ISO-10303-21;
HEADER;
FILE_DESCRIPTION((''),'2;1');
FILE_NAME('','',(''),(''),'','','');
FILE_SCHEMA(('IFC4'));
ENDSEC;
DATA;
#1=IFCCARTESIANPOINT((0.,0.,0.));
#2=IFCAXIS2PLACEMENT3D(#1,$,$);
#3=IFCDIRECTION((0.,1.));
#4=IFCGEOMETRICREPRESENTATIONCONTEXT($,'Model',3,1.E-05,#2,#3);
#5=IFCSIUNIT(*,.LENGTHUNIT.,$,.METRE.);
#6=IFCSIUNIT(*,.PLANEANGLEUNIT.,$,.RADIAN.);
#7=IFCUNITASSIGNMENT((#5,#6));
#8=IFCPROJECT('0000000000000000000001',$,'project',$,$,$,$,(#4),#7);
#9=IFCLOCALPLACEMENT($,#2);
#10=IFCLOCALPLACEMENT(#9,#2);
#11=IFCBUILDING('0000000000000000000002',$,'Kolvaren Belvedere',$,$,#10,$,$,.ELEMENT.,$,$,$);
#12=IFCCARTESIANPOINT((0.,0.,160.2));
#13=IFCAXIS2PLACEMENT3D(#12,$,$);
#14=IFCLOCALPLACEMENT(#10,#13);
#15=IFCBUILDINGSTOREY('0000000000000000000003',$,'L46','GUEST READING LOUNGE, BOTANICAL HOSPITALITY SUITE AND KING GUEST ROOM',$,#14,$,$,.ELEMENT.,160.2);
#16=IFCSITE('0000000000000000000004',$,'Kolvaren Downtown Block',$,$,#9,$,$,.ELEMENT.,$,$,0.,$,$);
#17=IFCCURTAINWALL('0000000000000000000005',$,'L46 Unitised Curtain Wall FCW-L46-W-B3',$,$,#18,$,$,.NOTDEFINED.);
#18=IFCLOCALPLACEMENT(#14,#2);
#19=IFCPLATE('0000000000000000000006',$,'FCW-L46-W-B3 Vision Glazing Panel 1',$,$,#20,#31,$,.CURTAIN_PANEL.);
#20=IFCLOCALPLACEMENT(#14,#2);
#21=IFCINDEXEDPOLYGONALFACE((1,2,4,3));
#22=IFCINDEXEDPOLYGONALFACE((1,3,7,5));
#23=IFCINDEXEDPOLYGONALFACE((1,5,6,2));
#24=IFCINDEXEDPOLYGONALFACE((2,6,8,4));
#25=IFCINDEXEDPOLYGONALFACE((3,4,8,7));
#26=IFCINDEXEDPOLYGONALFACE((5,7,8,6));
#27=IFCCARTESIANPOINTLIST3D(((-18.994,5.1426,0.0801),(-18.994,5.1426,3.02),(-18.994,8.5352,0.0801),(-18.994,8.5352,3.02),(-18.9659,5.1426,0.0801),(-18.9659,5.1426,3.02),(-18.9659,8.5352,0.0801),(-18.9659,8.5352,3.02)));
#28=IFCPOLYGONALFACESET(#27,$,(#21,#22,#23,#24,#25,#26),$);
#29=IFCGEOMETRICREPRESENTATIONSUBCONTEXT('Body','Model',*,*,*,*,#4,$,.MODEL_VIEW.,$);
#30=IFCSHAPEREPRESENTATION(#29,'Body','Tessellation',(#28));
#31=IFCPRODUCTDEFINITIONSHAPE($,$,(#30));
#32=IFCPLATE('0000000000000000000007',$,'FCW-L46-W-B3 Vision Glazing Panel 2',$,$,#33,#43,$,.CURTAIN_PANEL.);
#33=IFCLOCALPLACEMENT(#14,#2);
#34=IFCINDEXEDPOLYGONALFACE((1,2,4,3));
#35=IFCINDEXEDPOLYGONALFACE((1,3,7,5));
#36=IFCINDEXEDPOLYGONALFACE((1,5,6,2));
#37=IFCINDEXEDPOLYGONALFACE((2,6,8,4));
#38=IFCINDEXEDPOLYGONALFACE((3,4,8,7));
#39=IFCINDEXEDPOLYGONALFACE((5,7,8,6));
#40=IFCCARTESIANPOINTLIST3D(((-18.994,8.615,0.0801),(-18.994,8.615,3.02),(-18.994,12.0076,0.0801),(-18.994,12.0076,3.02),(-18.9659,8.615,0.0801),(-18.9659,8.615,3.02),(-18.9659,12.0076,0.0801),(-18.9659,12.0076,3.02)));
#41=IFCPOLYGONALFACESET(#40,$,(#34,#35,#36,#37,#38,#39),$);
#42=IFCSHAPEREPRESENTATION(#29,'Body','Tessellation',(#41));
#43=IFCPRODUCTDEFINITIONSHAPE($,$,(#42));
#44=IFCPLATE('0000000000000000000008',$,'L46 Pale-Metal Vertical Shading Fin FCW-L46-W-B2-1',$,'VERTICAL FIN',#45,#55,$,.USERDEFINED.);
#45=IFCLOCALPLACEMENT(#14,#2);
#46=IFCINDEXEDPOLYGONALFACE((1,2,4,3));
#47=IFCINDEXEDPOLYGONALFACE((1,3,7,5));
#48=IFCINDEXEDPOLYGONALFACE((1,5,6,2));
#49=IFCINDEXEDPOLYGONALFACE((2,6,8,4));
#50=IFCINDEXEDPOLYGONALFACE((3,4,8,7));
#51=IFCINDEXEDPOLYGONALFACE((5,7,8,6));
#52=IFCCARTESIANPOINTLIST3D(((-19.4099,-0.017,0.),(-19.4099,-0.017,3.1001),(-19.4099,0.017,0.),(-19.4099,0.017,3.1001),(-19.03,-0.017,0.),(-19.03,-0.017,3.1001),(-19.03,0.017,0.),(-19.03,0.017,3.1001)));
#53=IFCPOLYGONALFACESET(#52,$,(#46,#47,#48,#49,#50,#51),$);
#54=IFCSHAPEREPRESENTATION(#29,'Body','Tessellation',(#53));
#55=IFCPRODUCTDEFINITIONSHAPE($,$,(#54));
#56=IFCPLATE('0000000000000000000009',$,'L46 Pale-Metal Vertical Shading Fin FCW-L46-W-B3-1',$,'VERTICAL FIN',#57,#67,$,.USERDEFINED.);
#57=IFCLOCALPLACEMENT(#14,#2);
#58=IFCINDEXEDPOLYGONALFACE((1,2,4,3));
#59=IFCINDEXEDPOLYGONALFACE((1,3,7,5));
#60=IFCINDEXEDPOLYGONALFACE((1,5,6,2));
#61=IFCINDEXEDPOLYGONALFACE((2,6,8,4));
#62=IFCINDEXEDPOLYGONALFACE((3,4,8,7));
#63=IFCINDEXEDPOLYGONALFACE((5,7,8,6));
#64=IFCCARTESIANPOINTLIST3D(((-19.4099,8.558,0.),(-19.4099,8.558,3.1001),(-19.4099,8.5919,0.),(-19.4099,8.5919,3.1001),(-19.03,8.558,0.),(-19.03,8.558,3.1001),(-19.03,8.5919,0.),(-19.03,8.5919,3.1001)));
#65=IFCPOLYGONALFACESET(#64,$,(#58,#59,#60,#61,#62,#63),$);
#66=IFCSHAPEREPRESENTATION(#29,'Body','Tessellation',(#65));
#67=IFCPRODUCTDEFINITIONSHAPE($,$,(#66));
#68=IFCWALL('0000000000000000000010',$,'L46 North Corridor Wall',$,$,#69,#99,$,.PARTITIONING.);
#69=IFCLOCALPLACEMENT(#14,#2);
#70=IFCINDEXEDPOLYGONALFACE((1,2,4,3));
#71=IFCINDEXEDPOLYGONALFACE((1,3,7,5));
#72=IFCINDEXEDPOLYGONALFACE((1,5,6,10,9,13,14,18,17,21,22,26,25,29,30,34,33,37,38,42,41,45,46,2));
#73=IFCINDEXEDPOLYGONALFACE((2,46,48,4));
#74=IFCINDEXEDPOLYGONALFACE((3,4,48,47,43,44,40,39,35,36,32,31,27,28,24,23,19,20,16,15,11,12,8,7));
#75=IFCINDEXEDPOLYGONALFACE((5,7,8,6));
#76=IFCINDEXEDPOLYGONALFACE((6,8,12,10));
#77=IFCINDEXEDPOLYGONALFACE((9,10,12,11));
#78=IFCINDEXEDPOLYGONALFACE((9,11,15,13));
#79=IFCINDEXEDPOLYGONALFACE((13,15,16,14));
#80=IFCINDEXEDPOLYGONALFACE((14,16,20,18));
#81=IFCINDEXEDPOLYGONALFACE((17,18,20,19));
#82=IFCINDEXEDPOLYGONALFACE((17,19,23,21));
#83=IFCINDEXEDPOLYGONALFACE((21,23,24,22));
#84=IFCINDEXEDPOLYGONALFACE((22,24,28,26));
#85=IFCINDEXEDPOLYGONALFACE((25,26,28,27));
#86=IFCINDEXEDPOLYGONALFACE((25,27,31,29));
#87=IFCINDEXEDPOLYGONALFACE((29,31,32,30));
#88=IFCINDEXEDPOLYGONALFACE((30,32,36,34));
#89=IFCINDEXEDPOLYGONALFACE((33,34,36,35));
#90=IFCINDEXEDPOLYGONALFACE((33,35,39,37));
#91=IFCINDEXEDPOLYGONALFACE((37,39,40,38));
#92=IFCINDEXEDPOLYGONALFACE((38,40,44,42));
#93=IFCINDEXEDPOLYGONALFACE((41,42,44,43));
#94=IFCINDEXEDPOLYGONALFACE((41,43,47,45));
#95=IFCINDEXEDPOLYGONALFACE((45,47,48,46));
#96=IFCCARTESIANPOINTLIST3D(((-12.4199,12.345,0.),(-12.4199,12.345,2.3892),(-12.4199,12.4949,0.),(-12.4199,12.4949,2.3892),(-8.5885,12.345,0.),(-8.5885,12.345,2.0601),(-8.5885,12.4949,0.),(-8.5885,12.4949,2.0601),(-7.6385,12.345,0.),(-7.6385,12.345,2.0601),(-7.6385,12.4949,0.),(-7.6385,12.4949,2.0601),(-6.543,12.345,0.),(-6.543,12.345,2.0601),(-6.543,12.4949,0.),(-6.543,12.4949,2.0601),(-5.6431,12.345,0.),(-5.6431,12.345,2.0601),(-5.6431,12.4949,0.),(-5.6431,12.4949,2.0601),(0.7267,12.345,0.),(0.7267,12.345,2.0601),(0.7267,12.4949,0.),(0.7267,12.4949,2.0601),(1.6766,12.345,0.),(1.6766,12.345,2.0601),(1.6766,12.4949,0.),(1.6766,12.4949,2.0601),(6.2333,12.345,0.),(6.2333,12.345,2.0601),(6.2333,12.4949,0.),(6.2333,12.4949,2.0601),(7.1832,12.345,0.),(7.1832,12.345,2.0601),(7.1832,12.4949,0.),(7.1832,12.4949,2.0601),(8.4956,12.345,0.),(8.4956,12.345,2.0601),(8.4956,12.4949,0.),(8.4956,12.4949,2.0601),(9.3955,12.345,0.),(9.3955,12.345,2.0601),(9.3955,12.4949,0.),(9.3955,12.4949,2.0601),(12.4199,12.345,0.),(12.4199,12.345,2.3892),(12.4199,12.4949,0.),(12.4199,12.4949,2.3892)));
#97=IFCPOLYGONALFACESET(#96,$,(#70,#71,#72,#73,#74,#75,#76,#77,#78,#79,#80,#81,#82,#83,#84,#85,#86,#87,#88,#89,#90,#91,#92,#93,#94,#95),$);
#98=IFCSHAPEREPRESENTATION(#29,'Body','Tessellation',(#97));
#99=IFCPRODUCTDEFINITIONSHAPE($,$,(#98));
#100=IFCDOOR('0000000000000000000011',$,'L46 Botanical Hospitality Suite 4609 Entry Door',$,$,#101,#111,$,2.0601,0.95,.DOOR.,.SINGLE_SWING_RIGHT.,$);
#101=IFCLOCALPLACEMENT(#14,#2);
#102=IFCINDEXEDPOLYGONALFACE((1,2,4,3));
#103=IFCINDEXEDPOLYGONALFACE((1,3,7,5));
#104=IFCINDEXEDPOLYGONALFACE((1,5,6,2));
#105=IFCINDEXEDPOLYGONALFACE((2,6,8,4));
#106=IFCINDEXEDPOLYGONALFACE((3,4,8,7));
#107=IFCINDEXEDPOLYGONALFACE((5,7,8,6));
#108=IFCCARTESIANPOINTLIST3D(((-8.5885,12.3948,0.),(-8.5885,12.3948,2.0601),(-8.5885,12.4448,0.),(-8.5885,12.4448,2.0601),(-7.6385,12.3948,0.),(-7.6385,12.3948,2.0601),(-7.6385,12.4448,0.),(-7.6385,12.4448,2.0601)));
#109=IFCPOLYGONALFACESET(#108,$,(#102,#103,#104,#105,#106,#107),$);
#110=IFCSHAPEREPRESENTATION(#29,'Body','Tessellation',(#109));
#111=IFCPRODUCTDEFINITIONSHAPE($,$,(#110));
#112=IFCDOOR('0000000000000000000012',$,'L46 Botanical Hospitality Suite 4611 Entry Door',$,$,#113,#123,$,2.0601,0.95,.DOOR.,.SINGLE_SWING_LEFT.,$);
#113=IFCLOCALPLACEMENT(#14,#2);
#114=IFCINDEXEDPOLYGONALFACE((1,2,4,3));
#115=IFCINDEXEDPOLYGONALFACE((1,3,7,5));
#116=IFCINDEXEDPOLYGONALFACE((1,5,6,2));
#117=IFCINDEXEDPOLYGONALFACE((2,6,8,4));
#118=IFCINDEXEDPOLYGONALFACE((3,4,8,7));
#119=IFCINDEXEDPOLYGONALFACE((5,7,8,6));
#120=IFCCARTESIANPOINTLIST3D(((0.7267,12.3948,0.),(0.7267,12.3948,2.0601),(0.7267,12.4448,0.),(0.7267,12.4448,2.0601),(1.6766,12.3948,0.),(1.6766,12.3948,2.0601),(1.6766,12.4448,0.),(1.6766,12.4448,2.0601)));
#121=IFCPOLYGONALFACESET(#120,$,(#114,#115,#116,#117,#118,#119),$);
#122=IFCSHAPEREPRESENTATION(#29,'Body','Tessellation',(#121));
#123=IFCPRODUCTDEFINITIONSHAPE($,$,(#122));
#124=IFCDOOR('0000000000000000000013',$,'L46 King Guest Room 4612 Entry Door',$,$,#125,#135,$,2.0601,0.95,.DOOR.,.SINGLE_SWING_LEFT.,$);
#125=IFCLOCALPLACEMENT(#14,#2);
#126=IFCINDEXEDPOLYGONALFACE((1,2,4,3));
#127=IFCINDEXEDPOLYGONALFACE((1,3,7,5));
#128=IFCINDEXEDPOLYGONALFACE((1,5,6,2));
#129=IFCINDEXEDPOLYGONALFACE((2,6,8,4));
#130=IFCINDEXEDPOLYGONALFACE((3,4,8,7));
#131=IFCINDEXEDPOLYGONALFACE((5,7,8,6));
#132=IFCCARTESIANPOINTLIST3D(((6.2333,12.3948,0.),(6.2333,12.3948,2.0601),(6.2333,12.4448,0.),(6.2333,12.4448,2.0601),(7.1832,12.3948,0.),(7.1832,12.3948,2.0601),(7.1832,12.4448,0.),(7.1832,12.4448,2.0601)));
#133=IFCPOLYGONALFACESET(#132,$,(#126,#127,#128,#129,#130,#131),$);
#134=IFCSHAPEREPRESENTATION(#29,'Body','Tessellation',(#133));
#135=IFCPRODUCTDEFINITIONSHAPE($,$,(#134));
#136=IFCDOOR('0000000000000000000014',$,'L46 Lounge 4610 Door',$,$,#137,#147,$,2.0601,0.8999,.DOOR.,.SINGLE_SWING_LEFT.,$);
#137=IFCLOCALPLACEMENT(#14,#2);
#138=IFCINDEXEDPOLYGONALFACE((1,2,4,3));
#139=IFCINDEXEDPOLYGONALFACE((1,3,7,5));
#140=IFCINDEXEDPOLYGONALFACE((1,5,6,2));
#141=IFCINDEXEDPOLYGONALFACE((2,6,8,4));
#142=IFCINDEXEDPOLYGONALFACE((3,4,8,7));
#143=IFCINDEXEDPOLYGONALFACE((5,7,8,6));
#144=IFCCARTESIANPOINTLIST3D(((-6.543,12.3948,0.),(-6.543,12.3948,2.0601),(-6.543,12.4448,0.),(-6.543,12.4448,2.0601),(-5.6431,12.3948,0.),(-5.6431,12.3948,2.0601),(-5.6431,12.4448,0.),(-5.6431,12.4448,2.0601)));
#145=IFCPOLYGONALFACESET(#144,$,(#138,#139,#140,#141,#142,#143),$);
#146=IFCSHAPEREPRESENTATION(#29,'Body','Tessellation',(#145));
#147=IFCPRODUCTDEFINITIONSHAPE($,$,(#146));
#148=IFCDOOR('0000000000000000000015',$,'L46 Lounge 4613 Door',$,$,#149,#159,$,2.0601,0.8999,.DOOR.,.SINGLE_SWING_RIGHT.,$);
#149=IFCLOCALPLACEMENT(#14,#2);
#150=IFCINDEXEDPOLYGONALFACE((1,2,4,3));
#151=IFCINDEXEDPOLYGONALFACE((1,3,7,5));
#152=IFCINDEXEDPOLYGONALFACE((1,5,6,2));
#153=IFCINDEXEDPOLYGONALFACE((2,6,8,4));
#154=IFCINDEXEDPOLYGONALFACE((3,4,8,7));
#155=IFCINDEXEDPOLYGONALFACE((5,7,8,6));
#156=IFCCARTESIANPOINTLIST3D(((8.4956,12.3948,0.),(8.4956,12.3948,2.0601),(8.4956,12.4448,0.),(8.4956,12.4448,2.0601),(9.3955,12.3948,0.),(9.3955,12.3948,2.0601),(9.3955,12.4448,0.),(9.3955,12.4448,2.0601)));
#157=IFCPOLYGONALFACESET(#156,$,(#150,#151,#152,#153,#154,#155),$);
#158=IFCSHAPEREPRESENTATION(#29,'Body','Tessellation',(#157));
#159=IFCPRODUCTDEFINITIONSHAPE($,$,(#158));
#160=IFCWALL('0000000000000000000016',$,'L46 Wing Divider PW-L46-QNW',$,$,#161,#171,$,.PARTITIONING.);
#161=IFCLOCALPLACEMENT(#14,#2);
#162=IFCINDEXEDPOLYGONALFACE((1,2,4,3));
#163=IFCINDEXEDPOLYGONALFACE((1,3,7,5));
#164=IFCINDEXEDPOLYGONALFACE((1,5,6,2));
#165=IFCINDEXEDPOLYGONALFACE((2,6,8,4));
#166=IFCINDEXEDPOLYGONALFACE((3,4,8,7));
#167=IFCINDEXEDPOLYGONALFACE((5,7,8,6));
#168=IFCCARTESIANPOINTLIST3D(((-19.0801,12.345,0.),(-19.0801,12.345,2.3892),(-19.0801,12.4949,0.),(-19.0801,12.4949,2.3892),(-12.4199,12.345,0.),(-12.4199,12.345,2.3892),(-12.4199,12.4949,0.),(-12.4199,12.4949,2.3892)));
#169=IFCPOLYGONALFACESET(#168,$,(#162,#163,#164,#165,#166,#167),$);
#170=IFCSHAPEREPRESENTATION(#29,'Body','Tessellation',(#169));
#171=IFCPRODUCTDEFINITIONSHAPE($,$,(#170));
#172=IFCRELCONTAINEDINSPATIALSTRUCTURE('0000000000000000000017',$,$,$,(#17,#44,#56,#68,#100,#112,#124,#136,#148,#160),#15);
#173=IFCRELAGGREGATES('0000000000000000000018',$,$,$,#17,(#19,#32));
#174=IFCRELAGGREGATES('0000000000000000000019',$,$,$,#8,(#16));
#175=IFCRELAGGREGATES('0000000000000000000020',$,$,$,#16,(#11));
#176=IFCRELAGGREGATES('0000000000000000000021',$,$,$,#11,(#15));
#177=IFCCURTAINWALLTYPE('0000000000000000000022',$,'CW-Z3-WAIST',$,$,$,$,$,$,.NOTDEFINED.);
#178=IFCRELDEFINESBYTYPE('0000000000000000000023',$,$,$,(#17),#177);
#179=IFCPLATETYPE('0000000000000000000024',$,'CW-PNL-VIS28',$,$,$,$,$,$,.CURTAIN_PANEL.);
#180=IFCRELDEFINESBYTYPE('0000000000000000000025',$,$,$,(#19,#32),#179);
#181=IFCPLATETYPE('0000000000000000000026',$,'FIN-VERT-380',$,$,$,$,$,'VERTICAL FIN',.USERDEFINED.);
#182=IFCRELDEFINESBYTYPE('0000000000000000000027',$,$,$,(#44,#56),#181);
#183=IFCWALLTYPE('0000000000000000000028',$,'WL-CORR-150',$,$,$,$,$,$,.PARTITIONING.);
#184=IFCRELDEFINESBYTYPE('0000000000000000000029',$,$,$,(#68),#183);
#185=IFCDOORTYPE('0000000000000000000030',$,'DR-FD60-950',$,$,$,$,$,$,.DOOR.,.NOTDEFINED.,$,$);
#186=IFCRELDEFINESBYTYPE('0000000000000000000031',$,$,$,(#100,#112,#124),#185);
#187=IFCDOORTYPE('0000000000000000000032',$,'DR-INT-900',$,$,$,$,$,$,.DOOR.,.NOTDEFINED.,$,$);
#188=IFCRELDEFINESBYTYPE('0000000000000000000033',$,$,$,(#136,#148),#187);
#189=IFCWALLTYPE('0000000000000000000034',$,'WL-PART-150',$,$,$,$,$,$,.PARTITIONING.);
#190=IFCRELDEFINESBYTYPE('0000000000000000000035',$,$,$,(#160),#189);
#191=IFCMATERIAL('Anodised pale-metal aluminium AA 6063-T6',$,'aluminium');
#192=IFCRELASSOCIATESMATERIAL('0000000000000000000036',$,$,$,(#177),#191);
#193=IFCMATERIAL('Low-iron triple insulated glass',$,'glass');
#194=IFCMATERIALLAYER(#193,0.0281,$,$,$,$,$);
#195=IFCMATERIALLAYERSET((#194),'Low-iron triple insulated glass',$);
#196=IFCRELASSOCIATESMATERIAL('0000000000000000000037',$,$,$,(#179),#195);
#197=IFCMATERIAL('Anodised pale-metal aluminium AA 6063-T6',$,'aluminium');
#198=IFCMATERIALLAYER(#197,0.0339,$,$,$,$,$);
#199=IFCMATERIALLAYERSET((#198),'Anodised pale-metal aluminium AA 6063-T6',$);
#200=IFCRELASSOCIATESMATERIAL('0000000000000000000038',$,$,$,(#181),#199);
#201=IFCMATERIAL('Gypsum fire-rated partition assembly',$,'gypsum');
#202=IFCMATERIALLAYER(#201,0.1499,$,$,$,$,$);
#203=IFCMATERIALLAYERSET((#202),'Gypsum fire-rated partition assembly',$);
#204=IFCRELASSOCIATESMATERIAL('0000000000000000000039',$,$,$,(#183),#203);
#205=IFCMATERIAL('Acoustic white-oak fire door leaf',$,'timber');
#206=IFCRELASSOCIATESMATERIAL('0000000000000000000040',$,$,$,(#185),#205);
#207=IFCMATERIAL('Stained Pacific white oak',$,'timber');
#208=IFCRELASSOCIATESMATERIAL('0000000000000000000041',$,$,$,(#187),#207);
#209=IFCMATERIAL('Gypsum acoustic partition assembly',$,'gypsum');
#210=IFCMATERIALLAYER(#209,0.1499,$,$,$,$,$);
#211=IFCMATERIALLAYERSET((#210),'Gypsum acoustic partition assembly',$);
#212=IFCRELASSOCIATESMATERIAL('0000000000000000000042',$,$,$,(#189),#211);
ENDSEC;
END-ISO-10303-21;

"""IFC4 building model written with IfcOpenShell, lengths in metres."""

from ifc_helpers import new_model, si_unit, direction, frame, frame_2d, origin, origin_2d, place, context, subcontext, project, spatial, rectangle, extrude, material, layer, layer_set, type_object, element, fill, aggregate, save


model = new_model("IFC4")

# Units and contexts
model_context = context("Model", 3, precision=1e-05, world=origin(), true_north=direction((0.0, 1.0)))
body_context = subcontext(model_context, "Body", "Model", "MODEL_VIEW")
ifc_project = project(units=[si_unit("LENGTHUNIT", "METRE"), si_unit("PLANEANGLEUNIT", "RADIAN")], contexts=[model_context])

# Site, building, storey
site_placement = place(None, origin())
site = spatial("IfcSite", under=ifc_project, at=site_placement, Name="Kolvaren Downtown Block", CompositionType="ELEMENT", RefElevation=0.0)
building_placement = place(site_placement, origin())
building = spatial("IfcBuilding", under=site, at=building_placement, Name="Kolvaren Belvedere", CompositionType="ELEMENT")
storey_placement = place(building_placement, frame((0.0, 0.0, 160.2)))
storey = spatial("IfcBuildingStorey", under=building, at=storey_placement, Name="L46", Description="GUEST READING LOUNGE, BOTANICAL HOSPITALITY SUITE AND KING GUEST ROOM", CompositionType="ELEMENT", Elevation=160.2)

# Shared definitions
ifc_material_1 = material(Name="Anodised pale-metal aluminium AA 6063-T6", Category="aluminium")
curtain_wall_type = type_object("IfcCurtainWallType", Name="CW-Z3-WAIST", PredefinedType="NOTDEFINED", material=ifc_material_1)

# Curtain wall
curtain_wall_1_placement = place(storey_placement, origin())
curtain_wall_1 = element("IfcCurtainWall", 1, at=curtain_wall_1_placement, inside=storey, type_object=curtain_wall_type, Name="L46 Unitised Curtain Wall FCW-L46-W-B3", PredefinedType="NOTDEFINED")

# Plates
ifc_material_2 = material(Name="Low-iron triple insulated glass", Category="glass")
ifc_layer_1 = layer(ifc_material_2, 0.0281)
ifc_layer_set_1 = layer_set([ifc_layer_1], Name="Low-iron triple insulated glass")
plate_type_1 = type_object("IfcPlateType", Name="CW-PNL-VIS28", PredefinedType="CURTAIN_PANEL", material=ifc_layer_set_1)
plate_1_placement = place(storey_placement, frame((-18.98, 6.8389, 0.0801), z_axis=(0.0, 0.0, 1.0), x_axis=(0.0, 1.0, 0.0)))
plate_1 = element("IfcPlate", 2, at=plate_1_placement, type_object=plate_type_1, Name="FCW-L46-W-B3 Vision Glazing Panel 1", PredefinedType="CURTAIN_PANEL", context=body_context, shape_type="SweptSolid", body=[
    extrude(rectangle(XDim=3.3926, YDim=0.0281, at=origin_2d()), origin(), (0.0, 0.0, 1.0), 2.9399),
])
plate_2_placement = place(storey_placement, frame((-18.98, 10.3113, 0.0801), z_axis=(0.0, 0.0, 1.0), x_axis=(0.0, 1.0, 0.0)))
plate_2 = element("IfcPlate", 3, at=plate_2_placement, type_object=plate_type_1, Name="FCW-L46-W-B3 Vision Glazing Panel 2", PredefinedType="CURTAIN_PANEL", context=body_context, shape_type="SweptSolid", body=[
    extrude(rectangle(XDim=3.3926, YDim=0.0281, at=origin_2d()), origin(), (0.0, 0.0, 1.0), 2.9399),
])
aggregate(curtain_wall_1, [plate_1, plate_2])

# Plates
ifc_material_3 = material(Name="Anodised pale-metal aluminium AA 6063-T6", Category="aluminium")
ifc_layer_2 = layer(ifc_material_3, 0.0339)
ifc_layer_set_2 = layer_set([ifc_layer_2], Name="Anodised pale-metal aluminium AA 6063-T6")
plate_type_2 = type_object("IfcPlateType", Name="FIN-VERT-380", ElementType="VERTICAL FIN", PredefinedType="USERDEFINED", material=ifc_layer_set_2)
for number, where, z_axis, x_axis, name in (
    (4, (-19.22, 0.0, 0.0), (0.0, 0.0, 1.0), (1.0, 0.0, 0.0), "L46 Pale-Metal Vertical Shading Fin FCW-L46-W-B2-1"),
    (5, (-19.22, 8.575, 0.0), (0.0, 0.0, 1.0), (1.0, 0.0, 0.0), "L46 Pale-Metal Vertical Shading Fin FCW-L46-W-B3-1"),
):
    element("IfcPlate", number, at=place(storey_placement, frame(where, z_axis=z_axis, x_axis=x_axis)), inside=storey, type_object=plate_type_2, Name=name, ObjectType="VERTICAL FIN", PredefinedType="USERDEFINED", context=body_context, shape_type="SweptSolid", body=[
        extrude(rectangle(XDim=0.3799, YDim=0.0339, at=origin_2d()), origin(), (0.0, 0.0, 1.0), 3.1001),
    ])

# Wall, openings, doors
ifc_material_4 = material(Name="Gypsum fire-rated partition assembly", Category="gypsum")
ifc_layer_3 = layer(ifc_material_4, 0.1499)
ifc_layer_set_3 = layer_set([ifc_layer_3], Name="Gypsum fire-rated partition assembly")
wall_type_1 = type_object("IfcWallType", Name="WL-CORR-150", PredefinedType="PARTITIONING", material=ifc_layer_set_3)
wall_1_placement = place(storey_placement, frame((-12.4199, 12.4199, 0.0), z_axis=(0.0, 0.0, 1.0), x_axis=(1.0, 0.0, 0.0)))
wall_1 = element("IfcWall", 6, at=wall_1_placement, inside=storey, type_object=wall_type_1, Name="L46 North Corridor Wall", PredefinedType="PARTITIONING", context=body_context, shape_type="SweptSolid", body=[
    extrude(rectangle(XDim=24.8398, YDim=0.1499, at=frame_2d((12.4199, 0.0))), origin(), (0.0, 0.0, 1.0), 2.3892),
])
opening_1_placement = place(wall_1_placement, frame((3.8313, 0.0, 0.0)))
opening_1 = element("IfcOpeningElement", 7, at=opening_1_placement, cuts=wall_1, PredefinedType="OPENING", context=body_context, shape_type="SweptSolid", body=[
    extrude(rectangle(XDim=0.95, YDim=2.0601, at=frame_2d((0.4751, 1.03))), frame((0.0, 0.085, 0.0), z_axis=(0.0, -1.0, 0.0), x_axis=(1.0, 0.0, 0.0)), (0.0, 0.0, 1.0), 0.1699),
])
opening_2_placement = place(wall_1_placement, frame((5.877, 0.0, 0.0)))
opening_2 = element("IfcOpeningElement", 8, at=opening_2_placement, cuts=wall_1, PredefinedType="OPENING", context=body_context, shape_type="SweptSolid", body=[
    extrude(rectangle(XDim=0.8999, YDim=2.0601, at=frame_2d((0.45, 1.03))), frame((0.0, 0.085, 0.0), z_axis=(0.0, -1.0, 0.0), x_axis=(1.0, 0.0, 0.0)), (0.0, 0.0, 1.0), 0.1699),
])
opening_3_placement = place(wall_1_placement, frame((13.1465, 0.0, 0.0)))
opening_3 = element("IfcOpeningElement", 9, at=opening_3_placement, cuts=wall_1, PredefinedType="OPENING", context=body_context, shape_type="SweptSolid", body=[
    extrude(rectangle(XDim=0.95, YDim=2.0601, at=frame_2d((0.4751, 1.03))), frame((0.0, 0.085, 0.0), z_axis=(0.0, -1.0, 0.0), x_axis=(1.0, 0.0, 0.0)), (0.0, 0.0, 1.0), 0.1699),
])
opening_4_placement = place(wall_1_placement, frame((18.6531, 0.0, 0.0)))
opening_4 = element("IfcOpeningElement", 10, at=opening_4_placement, cuts=wall_1, PredefinedType="OPENING", context=body_context, shape_type="SweptSolid", body=[
    extrude(rectangle(XDim=0.95, YDim=2.0601, at=frame_2d((0.4751, 1.03))), frame((0.0, 0.085, 0.0), z_axis=(0.0, -1.0, 0.0), x_axis=(1.0, 0.0, 0.0)), (0.0, 0.0, 1.0), 0.1699),
])
opening_5_placement = place(wall_1_placement, frame((20.9155, 0.0, 0.0)))
opening_5 = element("IfcOpeningElement", 11, at=opening_5_placement, cuts=wall_1, PredefinedType="OPENING", context=body_context, shape_type="SweptSolid", body=[
    extrude(rectangle(XDim=0.8999, YDim=2.0601, at=frame_2d((0.45, 1.03))), frame((0.0, 0.085, 0.0), z_axis=(0.0, -1.0, 0.0), x_axis=(1.0, 0.0, 0.0)), (0.0, 0.0, 1.0), 0.1699),
])
ifc_material_5 = material(Name="Acoustic white-oak fire door leaf", Category="timber")
door_type_1 = type_object("IfcDoorType", Name="DR-FD60-950", OperationType="NOTDEFINED", PredefinedType="DOOR", material=ifc_material_5)
door_1_placement = place(opening_1_placement, origin())
door_1 = element("IfcDoor", 12, at=door_1_placement, inside=storey, type_object=door_type_1, Name="L46 Botanical Hospitality Suite 4609 Entry Door", OperationType="SINGLE_SWING_RIGHT", OverallHeight=2.0601, OverallWidth=0.95, PredefinedType="DOOR", context=body_context, shape_type="SweptSolid", body=[
    extrude(rectangle(XDim=0.95, YDim=2.0601, at=frame_2d((0.4751, 1.03))), frame((0.0, 0.0249, 0.0), z_axis=(0.0, -1.0, 0.0), x_axis=(1.0, 0.0, 0.0)), (0.0, 0.0, 1.0), 0.05),
])
fill(opening_1, door_1)
door_2_placement = place(opening_3_placement, origin())
door_2 = element("IfcDoor", 13, at=door_2_placement, inside=storey, type_object=door_type_1, Name="L46 Botanical Hospitality Suite 4611 Entry Door", OperationType="SINGLE_SWING_LEFT", OverallHeight=2.0601, OverallWidth=0.95, PredefinedType="DOOR", context=body_context, shape_type="SweptSolid", body=[
    extrude(rectangle(XDim=0.95, YDim=2.0601, at=frame_2d((0.4751, 1.03))), frame((0.0, 0.0249, 0.0), z_axis=(0.0, -1.0, 0.0), x_axis=(1.0, 0.0, 0.0)), (0.0, 0.0, 1.0), 0.05),
])
fill(opening_3, door_2)
door_3_placement = place(opening_4_placement, origin())
door_3 = element("IfcDoor", 14, at=door_3_placement, inside=storey, type_object=door_type_1, Name="L46 King Guest Room 4612 Entry Door", OperationType="SINGLE_SWING_LEFT", OverallHeight=2.0601, OverallWidth=0.95, PredefinedType="DOOR", context=body_context, shape_type="SweptSolid", body=[
    extrude(rectangle(XDim=0.95, YDim=2.0601, at=frame_2d((0.4751, 1.03))), frame((0.0, 0.0249, 0.0), z_axis=(0.0, -1.0, 0.0), x_axis=(1.0, 0.0, 0.0)), (0.0, 0.0, 1.0), 0.05),
])
fill(opening_4, door_3)
ifc_material_6 = material(Name="Stained Pacific white oak", Category="timber")
door_type_2 = type_object("IfcDoorType", Name="DR-INT-900", OperationType="NOTDEFINED", PredefinedType="DOOR", material=ifc_material_6)
door_4_placement = place(opening_2_placement, origin())
door_4 = element("IfcDoor", 15, at=door_4_placement, inside=storey, type_object=door_type_2, Name="L46 Lounge 4610 Door", OperationType="SINGLE_SWING_LEFT", OverallHeight=2.0601, OverallWidth=0.8999, PredefinedType="DOOR", context=body_context, shape_type="SweptSolid", body=[
    extrude(rectangle(XDim=0.8999, YDim=2.0601, at=frame_2d((0.45, 1.03))), frame((0.0, 0.0249, 0.0), z_axis=(0.0, -1.0, 0.0), x_axis=(1.0, 0.0, 0.0)), (0.0, 0.0, 1.0), 0.05),
])
fill(opening_2, door_4)
door_5_placement = place(opening_5_placement, origin())
door_5 = element("IfcDoor", 16, at=door_5_placement, inside=storey, type_object=door_type_2, Name="L46 Lounge 4613 Door", OperationType="SINGLE_SWING_RIGHT", OverallHeight=2.0601, OverallWidth=0.8999, PredefinedType="DOOR", context=body_context, shape_type="SweptSolid", body=[
    extrude(rectangle(XDim=0.8999, YDim=2.0601, at=frame_2d((0.45, 1.03))), frame((0.0, 0.0249, 0.0), z_axis=(0.0, -1.0, 0.0), x_axis=(1.0, 0.0, 0.0)), (0.0, 0.0, 1.0), 0.05),
])
fill(opening_5, door_5)

# Wall
ifc_material_7 = material(Name="Gypsum acoustic partition assembly", Category="gypsum")
ifc_layer_4 = layer(ifc_material_7, 0.1499)
ifc_layer_set_4 = layer_set([ifc_layer_4], Name="Gypsum acoustic partition assembly")
wall_type_2 = type_object("IfcWallType", Name="WL-PART-150", PredefinedType="PARTITIONING", material=ifc_layer_set_4)
wall_2_placement = place(storey_placement, frame((-19.0801, 12.4199, 0.0), z_axis=(0.0, 0.0, 1.0), x_axis=(1.0, 0.0, 0.0)))
element("IfcWall", 17, at=wall_2_placement, inside=storey, type_object=wall_type_2, Name="L46 Wing Divider PW-L46-QNW", PredefinedType="PARTITIONING", context=body_context, shape_type="SweptSolid", body=[
    extrude(rectangle(XDim=6.6602, YDim=0.1499, at=frame_2d((3.3301, 0.0))), origin(), (0.0, 0.0, 1.0), 2.3892),
])

save(model, "model.ifc")
